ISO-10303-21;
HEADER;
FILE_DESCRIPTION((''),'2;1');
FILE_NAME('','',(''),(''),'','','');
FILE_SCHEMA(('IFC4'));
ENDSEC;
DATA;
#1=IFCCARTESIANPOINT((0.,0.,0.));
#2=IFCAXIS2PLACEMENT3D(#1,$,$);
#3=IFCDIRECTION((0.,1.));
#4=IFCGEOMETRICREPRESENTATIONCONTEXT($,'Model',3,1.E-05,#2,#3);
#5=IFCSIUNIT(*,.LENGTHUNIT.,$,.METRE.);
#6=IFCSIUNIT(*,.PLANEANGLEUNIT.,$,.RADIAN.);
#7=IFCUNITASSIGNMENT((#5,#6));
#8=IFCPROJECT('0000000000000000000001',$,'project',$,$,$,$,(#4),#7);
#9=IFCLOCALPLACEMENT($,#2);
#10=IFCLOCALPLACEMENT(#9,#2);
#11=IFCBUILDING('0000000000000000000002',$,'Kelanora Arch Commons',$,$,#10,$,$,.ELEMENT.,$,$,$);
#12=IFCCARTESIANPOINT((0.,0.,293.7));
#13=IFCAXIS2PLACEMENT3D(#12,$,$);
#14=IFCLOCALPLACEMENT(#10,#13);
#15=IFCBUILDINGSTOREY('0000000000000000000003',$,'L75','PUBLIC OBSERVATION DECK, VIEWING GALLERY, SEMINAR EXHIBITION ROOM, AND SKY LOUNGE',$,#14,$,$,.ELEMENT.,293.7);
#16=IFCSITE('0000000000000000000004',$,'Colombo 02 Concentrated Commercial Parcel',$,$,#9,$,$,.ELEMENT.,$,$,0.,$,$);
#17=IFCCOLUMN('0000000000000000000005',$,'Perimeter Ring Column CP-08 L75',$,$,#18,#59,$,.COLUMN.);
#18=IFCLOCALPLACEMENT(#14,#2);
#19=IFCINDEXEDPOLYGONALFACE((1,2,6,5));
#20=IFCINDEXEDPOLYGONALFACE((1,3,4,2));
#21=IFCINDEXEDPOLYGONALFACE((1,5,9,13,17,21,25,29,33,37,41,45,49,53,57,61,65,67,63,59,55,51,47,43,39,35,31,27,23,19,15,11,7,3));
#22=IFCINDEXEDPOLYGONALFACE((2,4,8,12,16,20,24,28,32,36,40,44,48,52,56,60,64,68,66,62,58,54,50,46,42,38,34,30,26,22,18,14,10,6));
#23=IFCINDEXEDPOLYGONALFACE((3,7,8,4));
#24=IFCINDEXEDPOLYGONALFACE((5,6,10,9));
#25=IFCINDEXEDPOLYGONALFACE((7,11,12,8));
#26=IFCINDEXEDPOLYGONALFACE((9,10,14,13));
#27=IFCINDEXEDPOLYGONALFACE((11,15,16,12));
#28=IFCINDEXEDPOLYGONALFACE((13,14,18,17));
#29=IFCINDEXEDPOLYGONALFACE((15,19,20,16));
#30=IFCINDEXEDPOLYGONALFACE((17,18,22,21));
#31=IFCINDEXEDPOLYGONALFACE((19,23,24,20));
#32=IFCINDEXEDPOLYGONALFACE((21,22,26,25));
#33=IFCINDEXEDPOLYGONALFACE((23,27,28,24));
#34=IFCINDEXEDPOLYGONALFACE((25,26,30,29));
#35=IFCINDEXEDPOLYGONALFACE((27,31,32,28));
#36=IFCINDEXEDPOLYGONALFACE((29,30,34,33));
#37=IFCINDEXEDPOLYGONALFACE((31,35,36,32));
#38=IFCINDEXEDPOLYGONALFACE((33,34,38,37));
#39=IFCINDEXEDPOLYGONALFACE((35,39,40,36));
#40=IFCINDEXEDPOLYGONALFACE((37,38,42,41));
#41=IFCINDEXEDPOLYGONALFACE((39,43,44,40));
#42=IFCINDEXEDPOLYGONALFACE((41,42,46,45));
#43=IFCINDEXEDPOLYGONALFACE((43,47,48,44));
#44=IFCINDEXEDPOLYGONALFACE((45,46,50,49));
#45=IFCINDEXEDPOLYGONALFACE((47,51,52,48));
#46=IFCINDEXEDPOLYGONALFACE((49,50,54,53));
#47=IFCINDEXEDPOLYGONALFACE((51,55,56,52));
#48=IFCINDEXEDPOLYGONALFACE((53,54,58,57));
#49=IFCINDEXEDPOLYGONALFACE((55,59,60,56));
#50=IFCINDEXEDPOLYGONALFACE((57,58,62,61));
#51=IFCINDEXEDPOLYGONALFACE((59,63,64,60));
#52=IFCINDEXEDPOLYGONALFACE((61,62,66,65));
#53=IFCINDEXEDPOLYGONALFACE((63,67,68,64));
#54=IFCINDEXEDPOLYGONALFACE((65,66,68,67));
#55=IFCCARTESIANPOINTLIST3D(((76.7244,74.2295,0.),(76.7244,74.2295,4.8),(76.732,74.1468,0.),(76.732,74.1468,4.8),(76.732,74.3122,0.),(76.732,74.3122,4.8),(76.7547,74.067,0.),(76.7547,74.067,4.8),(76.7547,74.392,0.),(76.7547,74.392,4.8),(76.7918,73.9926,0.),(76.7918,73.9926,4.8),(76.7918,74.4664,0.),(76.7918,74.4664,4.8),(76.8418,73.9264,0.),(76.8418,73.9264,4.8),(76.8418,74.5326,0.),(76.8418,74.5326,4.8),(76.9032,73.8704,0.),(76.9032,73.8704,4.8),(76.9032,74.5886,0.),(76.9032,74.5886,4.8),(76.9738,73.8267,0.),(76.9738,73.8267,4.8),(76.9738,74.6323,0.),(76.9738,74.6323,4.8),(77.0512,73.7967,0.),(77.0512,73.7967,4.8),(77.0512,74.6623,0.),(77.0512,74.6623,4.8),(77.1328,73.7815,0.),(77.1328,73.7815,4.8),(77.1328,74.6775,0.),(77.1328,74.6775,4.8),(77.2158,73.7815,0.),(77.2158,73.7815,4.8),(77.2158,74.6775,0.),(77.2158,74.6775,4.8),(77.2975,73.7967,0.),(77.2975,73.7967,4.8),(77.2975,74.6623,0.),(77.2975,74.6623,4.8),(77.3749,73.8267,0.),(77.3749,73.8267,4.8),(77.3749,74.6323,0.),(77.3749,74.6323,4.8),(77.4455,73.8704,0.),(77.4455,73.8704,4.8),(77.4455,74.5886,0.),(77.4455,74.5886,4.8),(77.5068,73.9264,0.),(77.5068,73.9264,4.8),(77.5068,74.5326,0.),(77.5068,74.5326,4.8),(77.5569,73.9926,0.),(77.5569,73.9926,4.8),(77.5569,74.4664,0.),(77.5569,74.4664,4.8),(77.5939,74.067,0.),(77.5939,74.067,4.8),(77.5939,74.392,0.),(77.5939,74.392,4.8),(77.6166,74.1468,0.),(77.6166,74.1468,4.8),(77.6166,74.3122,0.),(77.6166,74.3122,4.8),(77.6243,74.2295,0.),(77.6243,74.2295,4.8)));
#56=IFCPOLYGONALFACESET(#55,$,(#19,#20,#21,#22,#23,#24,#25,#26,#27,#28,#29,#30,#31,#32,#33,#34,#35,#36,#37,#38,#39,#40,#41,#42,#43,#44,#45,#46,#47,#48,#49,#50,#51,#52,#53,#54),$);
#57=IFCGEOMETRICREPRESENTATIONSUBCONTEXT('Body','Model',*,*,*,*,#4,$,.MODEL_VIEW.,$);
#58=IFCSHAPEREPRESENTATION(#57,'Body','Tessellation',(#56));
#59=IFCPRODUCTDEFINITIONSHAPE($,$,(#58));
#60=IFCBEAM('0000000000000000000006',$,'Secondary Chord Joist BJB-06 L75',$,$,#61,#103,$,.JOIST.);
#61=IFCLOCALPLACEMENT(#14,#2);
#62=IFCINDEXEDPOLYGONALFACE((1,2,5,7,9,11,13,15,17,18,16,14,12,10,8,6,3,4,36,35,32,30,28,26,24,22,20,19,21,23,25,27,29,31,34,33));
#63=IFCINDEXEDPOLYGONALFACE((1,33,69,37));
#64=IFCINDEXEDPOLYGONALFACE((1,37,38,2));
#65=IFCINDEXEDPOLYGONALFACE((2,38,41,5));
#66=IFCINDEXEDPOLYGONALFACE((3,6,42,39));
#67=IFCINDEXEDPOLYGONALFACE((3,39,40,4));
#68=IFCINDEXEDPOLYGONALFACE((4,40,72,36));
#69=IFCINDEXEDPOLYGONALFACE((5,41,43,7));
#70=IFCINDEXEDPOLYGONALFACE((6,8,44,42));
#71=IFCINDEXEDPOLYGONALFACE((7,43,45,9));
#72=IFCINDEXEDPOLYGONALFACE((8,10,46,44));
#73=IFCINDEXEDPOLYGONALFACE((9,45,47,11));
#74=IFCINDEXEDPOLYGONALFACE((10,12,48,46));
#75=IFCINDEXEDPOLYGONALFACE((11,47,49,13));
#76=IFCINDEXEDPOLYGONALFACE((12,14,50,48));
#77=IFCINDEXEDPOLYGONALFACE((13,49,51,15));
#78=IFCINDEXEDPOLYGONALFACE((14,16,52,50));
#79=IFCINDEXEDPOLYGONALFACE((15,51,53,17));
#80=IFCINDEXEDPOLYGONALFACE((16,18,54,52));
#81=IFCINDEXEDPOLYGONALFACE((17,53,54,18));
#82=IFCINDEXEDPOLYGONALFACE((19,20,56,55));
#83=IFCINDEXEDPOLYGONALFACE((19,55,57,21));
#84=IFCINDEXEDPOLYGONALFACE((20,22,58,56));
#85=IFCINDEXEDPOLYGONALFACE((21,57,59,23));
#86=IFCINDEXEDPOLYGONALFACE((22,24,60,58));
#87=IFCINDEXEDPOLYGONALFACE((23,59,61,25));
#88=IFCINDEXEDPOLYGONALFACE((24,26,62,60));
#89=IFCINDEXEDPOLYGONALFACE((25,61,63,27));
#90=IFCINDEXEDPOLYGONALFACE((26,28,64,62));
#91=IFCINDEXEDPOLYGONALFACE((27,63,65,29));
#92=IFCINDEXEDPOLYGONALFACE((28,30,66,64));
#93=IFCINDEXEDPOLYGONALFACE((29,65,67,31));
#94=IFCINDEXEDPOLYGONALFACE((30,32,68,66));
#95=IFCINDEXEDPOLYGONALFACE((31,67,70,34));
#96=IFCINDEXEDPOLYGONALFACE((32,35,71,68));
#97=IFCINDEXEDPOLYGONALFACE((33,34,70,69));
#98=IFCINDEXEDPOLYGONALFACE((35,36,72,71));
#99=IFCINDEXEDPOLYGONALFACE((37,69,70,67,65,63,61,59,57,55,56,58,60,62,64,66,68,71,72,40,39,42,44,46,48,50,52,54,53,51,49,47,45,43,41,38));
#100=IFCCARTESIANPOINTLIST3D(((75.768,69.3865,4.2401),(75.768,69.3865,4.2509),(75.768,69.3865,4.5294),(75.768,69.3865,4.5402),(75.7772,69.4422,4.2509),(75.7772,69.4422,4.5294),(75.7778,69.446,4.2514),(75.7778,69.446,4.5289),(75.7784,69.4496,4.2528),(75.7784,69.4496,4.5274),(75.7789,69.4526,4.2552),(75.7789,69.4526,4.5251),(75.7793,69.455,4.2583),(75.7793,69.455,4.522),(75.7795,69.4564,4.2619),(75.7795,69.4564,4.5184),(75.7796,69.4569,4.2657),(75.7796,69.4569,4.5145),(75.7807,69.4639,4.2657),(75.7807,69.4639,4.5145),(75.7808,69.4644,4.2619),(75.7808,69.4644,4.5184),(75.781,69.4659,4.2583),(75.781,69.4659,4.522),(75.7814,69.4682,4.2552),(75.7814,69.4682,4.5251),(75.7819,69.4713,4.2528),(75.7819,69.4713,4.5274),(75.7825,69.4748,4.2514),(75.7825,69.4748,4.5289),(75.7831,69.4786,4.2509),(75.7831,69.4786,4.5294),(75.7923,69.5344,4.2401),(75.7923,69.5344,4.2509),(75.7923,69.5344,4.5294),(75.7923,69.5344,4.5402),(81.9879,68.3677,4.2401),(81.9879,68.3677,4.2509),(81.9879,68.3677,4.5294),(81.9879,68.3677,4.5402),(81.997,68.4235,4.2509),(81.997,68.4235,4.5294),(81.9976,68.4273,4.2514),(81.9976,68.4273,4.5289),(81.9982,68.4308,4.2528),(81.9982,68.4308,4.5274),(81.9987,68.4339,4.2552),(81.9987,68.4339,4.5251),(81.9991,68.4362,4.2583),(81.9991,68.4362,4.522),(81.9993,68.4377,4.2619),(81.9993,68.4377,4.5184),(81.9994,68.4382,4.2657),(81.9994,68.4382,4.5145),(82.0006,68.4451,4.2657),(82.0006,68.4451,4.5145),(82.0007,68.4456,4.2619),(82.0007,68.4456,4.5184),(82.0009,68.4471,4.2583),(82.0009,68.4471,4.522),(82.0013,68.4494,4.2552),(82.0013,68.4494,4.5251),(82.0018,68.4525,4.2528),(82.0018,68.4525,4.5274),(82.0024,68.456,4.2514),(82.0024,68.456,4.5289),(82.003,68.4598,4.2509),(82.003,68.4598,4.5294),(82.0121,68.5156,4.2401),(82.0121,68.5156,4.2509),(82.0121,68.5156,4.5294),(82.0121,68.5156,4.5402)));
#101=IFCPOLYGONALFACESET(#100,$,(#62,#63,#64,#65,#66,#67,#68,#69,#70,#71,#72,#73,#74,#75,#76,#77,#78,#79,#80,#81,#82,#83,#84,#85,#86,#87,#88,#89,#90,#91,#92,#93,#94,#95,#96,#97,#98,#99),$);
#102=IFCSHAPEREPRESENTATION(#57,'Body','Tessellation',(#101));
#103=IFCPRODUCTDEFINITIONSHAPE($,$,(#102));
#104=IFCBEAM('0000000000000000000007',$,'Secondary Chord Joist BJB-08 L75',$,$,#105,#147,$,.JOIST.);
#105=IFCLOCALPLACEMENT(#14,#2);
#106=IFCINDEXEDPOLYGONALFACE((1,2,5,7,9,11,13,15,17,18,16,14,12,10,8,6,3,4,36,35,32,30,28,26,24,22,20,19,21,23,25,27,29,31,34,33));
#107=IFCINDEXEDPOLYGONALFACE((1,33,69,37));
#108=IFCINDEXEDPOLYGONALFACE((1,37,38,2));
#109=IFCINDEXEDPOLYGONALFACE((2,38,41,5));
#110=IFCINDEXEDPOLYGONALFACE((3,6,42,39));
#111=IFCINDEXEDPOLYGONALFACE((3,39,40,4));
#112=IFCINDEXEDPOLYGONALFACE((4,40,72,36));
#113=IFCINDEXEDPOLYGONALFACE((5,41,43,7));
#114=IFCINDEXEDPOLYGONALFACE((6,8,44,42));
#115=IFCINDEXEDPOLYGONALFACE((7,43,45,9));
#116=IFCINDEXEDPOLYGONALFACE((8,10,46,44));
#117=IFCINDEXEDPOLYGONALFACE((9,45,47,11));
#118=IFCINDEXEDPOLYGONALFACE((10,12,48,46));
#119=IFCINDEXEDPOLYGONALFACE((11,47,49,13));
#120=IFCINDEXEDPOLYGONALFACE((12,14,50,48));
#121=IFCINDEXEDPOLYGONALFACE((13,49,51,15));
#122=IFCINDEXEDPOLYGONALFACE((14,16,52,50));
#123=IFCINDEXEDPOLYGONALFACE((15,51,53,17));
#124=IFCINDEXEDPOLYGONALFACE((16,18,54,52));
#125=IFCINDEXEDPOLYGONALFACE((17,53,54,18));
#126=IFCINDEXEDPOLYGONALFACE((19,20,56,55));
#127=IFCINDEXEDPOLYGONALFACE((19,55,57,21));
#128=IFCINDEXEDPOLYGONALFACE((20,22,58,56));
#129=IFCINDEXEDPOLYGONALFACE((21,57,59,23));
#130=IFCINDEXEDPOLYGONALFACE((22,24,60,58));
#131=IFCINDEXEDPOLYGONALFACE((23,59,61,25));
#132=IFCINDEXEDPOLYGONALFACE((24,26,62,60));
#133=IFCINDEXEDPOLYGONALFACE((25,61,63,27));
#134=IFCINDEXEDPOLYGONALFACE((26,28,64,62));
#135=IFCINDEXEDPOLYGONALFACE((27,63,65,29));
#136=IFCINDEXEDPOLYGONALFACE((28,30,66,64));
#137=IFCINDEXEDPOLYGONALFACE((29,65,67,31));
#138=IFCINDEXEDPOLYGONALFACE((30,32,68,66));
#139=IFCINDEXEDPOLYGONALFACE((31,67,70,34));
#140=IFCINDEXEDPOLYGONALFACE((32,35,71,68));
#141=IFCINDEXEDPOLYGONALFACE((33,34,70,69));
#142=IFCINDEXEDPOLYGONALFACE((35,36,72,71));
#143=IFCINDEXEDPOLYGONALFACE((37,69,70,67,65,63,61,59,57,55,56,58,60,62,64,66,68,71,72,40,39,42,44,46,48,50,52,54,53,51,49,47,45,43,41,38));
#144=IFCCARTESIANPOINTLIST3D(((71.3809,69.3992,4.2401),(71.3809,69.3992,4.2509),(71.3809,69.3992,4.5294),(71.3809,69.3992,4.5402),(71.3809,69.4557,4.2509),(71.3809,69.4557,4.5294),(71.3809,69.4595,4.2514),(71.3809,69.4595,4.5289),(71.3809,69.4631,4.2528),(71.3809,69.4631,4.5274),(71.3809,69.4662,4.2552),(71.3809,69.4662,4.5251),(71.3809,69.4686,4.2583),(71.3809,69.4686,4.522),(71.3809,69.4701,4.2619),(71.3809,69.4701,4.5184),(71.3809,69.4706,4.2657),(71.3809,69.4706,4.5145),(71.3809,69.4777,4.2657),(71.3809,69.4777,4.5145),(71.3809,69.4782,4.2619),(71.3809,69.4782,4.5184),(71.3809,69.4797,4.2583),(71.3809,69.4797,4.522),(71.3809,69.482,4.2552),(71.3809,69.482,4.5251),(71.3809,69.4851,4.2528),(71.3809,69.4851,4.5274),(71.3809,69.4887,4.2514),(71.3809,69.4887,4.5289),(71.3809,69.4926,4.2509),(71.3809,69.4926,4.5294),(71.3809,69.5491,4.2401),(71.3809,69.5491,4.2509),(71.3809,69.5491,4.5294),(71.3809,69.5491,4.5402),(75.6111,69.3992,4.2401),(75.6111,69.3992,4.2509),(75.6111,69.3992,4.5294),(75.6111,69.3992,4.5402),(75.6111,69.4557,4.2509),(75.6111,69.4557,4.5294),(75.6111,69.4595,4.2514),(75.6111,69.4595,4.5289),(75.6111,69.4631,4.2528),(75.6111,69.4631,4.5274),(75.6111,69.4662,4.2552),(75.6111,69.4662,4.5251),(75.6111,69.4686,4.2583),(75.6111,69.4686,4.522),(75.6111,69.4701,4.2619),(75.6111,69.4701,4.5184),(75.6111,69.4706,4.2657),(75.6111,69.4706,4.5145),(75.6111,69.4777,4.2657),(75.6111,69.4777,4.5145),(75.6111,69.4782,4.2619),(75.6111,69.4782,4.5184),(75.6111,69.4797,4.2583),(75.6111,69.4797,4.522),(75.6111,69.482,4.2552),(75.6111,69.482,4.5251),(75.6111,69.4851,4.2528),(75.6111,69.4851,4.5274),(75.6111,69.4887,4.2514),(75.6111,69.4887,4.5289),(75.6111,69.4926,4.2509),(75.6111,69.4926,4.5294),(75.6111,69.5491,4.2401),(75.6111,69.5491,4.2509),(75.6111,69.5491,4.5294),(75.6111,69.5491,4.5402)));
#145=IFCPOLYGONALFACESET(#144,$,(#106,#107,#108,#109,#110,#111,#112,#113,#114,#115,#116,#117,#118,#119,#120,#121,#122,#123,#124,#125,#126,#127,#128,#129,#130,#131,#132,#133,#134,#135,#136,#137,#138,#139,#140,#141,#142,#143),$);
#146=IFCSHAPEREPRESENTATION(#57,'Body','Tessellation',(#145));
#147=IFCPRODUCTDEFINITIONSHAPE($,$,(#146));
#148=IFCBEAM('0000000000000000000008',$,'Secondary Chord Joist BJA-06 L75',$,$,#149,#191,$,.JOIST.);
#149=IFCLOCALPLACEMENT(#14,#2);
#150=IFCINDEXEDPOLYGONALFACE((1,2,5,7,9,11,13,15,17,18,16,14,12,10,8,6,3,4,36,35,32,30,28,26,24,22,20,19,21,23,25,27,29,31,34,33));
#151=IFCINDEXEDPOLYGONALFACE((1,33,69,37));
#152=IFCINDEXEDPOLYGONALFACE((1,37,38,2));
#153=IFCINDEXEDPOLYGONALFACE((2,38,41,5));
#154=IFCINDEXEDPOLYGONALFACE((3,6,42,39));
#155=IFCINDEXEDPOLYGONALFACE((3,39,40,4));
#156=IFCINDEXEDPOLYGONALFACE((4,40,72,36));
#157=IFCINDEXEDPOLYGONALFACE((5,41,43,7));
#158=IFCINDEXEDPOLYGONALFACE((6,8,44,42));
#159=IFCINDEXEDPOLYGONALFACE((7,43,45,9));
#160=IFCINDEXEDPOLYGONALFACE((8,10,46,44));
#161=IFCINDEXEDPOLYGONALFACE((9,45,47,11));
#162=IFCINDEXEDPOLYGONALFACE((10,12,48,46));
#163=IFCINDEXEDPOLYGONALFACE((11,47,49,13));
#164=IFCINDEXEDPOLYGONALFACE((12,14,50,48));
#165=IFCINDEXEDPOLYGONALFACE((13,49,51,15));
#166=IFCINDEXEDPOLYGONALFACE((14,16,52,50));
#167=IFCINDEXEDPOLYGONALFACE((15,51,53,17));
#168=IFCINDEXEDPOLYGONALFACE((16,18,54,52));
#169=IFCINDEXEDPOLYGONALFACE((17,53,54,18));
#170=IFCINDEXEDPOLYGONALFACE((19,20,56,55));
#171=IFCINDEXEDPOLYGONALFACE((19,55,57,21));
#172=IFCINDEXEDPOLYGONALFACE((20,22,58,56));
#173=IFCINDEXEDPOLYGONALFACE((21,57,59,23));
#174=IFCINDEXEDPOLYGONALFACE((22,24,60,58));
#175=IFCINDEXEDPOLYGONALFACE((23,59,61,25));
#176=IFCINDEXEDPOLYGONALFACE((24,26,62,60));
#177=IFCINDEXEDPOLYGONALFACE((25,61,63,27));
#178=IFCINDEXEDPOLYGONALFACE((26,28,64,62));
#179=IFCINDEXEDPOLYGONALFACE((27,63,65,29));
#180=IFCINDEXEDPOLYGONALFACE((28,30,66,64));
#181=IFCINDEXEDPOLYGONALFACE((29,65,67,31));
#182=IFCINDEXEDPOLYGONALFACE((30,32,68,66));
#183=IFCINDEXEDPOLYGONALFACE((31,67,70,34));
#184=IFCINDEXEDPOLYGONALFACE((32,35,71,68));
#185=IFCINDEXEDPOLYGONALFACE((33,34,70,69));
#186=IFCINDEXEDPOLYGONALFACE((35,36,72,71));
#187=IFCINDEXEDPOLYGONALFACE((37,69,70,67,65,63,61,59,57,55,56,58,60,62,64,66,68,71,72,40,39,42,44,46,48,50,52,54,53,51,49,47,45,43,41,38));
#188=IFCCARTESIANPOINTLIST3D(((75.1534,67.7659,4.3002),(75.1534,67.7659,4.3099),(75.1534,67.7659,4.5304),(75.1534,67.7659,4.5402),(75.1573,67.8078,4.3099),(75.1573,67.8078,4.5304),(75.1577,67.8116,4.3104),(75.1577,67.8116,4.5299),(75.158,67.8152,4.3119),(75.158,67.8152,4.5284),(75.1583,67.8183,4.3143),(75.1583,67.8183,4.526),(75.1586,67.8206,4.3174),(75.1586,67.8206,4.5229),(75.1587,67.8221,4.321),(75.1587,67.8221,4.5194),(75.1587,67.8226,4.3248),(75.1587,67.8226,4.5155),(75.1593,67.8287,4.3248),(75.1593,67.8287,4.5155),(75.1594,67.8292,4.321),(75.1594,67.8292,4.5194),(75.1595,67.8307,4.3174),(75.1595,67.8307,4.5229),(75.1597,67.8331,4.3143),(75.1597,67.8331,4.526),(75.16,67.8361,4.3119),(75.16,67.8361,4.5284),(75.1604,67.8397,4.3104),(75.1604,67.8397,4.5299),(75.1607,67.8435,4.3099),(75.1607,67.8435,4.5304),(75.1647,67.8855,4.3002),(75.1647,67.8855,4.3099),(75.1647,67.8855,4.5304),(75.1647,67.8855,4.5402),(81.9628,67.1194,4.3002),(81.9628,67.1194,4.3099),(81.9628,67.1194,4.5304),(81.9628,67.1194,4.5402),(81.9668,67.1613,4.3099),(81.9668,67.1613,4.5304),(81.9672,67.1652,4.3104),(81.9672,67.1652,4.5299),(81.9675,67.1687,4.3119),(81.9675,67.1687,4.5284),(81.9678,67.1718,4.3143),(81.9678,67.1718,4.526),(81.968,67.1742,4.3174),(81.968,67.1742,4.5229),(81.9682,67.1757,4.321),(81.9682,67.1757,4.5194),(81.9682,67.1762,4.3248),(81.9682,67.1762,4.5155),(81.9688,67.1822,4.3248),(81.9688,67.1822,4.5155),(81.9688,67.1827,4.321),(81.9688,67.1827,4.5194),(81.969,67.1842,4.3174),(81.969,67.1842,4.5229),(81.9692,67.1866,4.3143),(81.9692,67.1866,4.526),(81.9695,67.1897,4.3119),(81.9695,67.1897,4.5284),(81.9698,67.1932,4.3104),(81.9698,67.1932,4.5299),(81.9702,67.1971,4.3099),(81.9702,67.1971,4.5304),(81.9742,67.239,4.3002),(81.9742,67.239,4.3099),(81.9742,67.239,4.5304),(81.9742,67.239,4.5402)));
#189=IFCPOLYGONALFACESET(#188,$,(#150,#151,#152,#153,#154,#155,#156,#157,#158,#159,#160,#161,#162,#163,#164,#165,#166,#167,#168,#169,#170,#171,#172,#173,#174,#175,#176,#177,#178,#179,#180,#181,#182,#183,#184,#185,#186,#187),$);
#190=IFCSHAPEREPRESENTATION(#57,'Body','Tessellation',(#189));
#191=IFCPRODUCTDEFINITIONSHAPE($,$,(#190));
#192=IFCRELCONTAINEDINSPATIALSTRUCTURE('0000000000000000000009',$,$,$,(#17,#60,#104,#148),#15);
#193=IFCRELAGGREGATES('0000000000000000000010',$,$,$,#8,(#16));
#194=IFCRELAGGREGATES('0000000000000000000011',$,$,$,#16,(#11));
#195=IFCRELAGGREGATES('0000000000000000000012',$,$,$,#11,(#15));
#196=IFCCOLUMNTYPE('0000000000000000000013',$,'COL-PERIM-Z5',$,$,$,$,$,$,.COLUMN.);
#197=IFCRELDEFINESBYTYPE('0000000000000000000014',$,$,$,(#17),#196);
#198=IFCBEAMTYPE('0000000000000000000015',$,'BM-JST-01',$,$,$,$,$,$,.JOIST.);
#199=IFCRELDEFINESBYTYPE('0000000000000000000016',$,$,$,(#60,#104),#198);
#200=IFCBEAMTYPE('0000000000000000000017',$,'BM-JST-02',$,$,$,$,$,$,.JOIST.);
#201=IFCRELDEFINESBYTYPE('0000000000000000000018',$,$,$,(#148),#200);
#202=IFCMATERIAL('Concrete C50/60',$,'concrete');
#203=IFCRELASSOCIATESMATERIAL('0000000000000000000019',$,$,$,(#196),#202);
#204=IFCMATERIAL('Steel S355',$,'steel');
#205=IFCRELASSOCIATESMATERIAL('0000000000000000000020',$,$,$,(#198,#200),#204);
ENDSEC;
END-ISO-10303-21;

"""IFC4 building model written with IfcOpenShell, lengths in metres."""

from ifc_helpers import new_model, si_unit, direction, frame, origin, origin_2d, place, context, subcontext, project, spatial, circle, i_section, extrude, material, material_profile, profile_set, type_object, element, save


model = new_model("IFC4")

# Units and contexts
model_context = context("Model", 3, precision=1e-05, world=origin(), true_north=direction((0.0, 1.0)))
body_context = subcontext(model_context, "Body", "Model", "MODEL_VIEW")
ifc_project = project(units=[si_unit("LENGTHUNIT", "METRE"), si_unit("PLANEANGLEUNIT", "RADIAN")], contexts=[model_context])

# Site, building, storey
site_placement = place(None, origin())
site = spatial("IfcSite", under=ifc_project, at=site_placement, Name="Colombo 02 Concentrated Commercial Parcel", CompositionType="ELEMENT", RefElevation=0.0)
building_placement = place(site_placement, origin())
building = spatial("IfcBuilding", under=site, at=building_placement, Name="Kelanora Arch Commons", CompositionType="ELEMENT")
storey_placement = place(building_placement, frame((0.0, 0.0, 293.7)))
storey = spatial("IfcBuildingStorey", under=building, at=storey_placement, Name="L75", Description="PUBLIC OBSERVATION DECK, VIEWING GALLERY, SEMINAR EXHIBITION ROOM, AND SKY LOUNGE", CompositionType="ELEMENT", Elevation=293.7)

# Column
ifc_material_1 = material(Name="Concrete C50/60", Category="concrete")
ifc_material_profile_1 = material_profile(ifc_material_1, circle(Radius=0.45, at=origin_2d()), Name="RCC900")
ifc_profile_set_1 = profile_set([ifc_material_profile_1], Name="Concrete C50/60")
column_type = type_object("IfcColumnType", Name="COL-PERIM-Z5", PredefinedType="COLUMN", material=ifc_profile_set_1)
column_placement = place(storey_placement, frame((77.1743, 74.2295, 0.0), z_axis=(0.0, 0.0, 1.0), x_axis=(1.0, 0.0, 0.0)))
element("IfcColumn", 1, at=column_placement, inside=storey, type_object=column_type, Name="Perimeter Ring Column CP-08 L75", PredefinedType="COLUMN", context=body_context, shape_type="SweptSolid", body=[
    extrude(circle(Radius=0.45, at=origin_2d()), origin(), (0.0, 0.0, 1.0), 4.8),
])

# Beams
ifc_material_2 = material(Name="Steel S355", Category="steel")
ifc_material_profile_2 = material_profile(ifc_material_2, i_section(OverallWidth=0.1499, OverallDepth=0.3, WebThickness=0.0071, FlangeThickness=0.0107, FilletRadius=0.0149, at=origin_2d()), Name="IPE300")
ifc_profile_set_2 = profile_set([ifc_material_profile_2], Name="Steel S355")
beam_type_1 = type_object("IfcBeamType", Name="BM-JST-01", PredefinedType="JOIST", material=ifc_profile_set_2)
beam_1_placement = place(storey_placement, frame((82.0, 68.4417, 4.3901), z_axis=(-0.98685, 0.161641, 0.0), x_axis=(-0.161641, -0.98685, 0.0)))
element("IfcBeam", 2, at=beam_1_placement, inside=storey, type_object=beam_type_1, Name="Secondary Chord Joist BJB-06 L75", PredefinedType="JOIST", context=body_context, shape_type="SweptSolid", body=[
    extrude(i_section(OverallWidth=0.1499, OverallDepth=0.3, WebThickness=0.0071, FlangeThickness=0.0107, FilletRadius=0.0149, at=origin_2d()), origin(), (0.0, 0.0, 1.0), 6.3027),
])
beam_2_placement = place(storey_placement, frame((75.6111, 69.4741, 4.3901), z_axis=(-1.0, 0.0, 0.0), x_axis=(0.0, -1.0, 0.0)))
element("IfcBeam", 3, at=beam_2_placement, inside=storey, type_object=beam_type_1, Name="Secondary Chord Joist BJB-08 L75", PredefinedType="JOIST", context=body_context, shape_type="SweptSolid", body=[
    extrude(i_section(OverallWidth=0.1499, OverallDepth=0.3, WebThickness=0.0071, FlangeThickness=0.0107, FilletRadius=0.0149, at=origin_2d()), origin(), (0.0, 0.0, 1.0), 4.2302),
])
ifc_material_profile_3 = material_profile(ifc_material_2, i_section(OverallWidth=0.1201, OverallDepth=0.24, WebThickness=0.0061, FlangeThickness=0.0098, FilletRadius=0.0149, at=origin_2d()), Name="IPE240")
ifc_profile_set_3 = profile_set([ifc_material_profile_3], Name="Steel S355")
beam_type_2 = type_object("IfcBeamType", Name="BM-JST-02", PredefinedType="JOIST", material=ifc_profile_set_3)
beam_3_placement = place(storey_placement, frame((81.9685, 67.1792, 4.4202), z_axis=(-0.995524, 0.094513, 0.0), x_axis=(-0.094513, -0.995524, 0.0)))
element("IfcBeam", 4, at=beam_3_placement, inside=storey, type_object=beam_type_2, Name="Secondary Chord Joist BJA-06 L75", PredefinedType="JOIST", context=body_context, shape_type="SweptSolid", body=[
    extrude(i_section(OverallWidth=0.1201, OverallDepth=0.24, WebThickness=0.0061, FlangeThickness=0.0098, FilletRadius=0.0149, at=origin_2d()), origin(), (0.0, 0.0, 1.0), 6.8401),
])

save(model, "model.ifc")
